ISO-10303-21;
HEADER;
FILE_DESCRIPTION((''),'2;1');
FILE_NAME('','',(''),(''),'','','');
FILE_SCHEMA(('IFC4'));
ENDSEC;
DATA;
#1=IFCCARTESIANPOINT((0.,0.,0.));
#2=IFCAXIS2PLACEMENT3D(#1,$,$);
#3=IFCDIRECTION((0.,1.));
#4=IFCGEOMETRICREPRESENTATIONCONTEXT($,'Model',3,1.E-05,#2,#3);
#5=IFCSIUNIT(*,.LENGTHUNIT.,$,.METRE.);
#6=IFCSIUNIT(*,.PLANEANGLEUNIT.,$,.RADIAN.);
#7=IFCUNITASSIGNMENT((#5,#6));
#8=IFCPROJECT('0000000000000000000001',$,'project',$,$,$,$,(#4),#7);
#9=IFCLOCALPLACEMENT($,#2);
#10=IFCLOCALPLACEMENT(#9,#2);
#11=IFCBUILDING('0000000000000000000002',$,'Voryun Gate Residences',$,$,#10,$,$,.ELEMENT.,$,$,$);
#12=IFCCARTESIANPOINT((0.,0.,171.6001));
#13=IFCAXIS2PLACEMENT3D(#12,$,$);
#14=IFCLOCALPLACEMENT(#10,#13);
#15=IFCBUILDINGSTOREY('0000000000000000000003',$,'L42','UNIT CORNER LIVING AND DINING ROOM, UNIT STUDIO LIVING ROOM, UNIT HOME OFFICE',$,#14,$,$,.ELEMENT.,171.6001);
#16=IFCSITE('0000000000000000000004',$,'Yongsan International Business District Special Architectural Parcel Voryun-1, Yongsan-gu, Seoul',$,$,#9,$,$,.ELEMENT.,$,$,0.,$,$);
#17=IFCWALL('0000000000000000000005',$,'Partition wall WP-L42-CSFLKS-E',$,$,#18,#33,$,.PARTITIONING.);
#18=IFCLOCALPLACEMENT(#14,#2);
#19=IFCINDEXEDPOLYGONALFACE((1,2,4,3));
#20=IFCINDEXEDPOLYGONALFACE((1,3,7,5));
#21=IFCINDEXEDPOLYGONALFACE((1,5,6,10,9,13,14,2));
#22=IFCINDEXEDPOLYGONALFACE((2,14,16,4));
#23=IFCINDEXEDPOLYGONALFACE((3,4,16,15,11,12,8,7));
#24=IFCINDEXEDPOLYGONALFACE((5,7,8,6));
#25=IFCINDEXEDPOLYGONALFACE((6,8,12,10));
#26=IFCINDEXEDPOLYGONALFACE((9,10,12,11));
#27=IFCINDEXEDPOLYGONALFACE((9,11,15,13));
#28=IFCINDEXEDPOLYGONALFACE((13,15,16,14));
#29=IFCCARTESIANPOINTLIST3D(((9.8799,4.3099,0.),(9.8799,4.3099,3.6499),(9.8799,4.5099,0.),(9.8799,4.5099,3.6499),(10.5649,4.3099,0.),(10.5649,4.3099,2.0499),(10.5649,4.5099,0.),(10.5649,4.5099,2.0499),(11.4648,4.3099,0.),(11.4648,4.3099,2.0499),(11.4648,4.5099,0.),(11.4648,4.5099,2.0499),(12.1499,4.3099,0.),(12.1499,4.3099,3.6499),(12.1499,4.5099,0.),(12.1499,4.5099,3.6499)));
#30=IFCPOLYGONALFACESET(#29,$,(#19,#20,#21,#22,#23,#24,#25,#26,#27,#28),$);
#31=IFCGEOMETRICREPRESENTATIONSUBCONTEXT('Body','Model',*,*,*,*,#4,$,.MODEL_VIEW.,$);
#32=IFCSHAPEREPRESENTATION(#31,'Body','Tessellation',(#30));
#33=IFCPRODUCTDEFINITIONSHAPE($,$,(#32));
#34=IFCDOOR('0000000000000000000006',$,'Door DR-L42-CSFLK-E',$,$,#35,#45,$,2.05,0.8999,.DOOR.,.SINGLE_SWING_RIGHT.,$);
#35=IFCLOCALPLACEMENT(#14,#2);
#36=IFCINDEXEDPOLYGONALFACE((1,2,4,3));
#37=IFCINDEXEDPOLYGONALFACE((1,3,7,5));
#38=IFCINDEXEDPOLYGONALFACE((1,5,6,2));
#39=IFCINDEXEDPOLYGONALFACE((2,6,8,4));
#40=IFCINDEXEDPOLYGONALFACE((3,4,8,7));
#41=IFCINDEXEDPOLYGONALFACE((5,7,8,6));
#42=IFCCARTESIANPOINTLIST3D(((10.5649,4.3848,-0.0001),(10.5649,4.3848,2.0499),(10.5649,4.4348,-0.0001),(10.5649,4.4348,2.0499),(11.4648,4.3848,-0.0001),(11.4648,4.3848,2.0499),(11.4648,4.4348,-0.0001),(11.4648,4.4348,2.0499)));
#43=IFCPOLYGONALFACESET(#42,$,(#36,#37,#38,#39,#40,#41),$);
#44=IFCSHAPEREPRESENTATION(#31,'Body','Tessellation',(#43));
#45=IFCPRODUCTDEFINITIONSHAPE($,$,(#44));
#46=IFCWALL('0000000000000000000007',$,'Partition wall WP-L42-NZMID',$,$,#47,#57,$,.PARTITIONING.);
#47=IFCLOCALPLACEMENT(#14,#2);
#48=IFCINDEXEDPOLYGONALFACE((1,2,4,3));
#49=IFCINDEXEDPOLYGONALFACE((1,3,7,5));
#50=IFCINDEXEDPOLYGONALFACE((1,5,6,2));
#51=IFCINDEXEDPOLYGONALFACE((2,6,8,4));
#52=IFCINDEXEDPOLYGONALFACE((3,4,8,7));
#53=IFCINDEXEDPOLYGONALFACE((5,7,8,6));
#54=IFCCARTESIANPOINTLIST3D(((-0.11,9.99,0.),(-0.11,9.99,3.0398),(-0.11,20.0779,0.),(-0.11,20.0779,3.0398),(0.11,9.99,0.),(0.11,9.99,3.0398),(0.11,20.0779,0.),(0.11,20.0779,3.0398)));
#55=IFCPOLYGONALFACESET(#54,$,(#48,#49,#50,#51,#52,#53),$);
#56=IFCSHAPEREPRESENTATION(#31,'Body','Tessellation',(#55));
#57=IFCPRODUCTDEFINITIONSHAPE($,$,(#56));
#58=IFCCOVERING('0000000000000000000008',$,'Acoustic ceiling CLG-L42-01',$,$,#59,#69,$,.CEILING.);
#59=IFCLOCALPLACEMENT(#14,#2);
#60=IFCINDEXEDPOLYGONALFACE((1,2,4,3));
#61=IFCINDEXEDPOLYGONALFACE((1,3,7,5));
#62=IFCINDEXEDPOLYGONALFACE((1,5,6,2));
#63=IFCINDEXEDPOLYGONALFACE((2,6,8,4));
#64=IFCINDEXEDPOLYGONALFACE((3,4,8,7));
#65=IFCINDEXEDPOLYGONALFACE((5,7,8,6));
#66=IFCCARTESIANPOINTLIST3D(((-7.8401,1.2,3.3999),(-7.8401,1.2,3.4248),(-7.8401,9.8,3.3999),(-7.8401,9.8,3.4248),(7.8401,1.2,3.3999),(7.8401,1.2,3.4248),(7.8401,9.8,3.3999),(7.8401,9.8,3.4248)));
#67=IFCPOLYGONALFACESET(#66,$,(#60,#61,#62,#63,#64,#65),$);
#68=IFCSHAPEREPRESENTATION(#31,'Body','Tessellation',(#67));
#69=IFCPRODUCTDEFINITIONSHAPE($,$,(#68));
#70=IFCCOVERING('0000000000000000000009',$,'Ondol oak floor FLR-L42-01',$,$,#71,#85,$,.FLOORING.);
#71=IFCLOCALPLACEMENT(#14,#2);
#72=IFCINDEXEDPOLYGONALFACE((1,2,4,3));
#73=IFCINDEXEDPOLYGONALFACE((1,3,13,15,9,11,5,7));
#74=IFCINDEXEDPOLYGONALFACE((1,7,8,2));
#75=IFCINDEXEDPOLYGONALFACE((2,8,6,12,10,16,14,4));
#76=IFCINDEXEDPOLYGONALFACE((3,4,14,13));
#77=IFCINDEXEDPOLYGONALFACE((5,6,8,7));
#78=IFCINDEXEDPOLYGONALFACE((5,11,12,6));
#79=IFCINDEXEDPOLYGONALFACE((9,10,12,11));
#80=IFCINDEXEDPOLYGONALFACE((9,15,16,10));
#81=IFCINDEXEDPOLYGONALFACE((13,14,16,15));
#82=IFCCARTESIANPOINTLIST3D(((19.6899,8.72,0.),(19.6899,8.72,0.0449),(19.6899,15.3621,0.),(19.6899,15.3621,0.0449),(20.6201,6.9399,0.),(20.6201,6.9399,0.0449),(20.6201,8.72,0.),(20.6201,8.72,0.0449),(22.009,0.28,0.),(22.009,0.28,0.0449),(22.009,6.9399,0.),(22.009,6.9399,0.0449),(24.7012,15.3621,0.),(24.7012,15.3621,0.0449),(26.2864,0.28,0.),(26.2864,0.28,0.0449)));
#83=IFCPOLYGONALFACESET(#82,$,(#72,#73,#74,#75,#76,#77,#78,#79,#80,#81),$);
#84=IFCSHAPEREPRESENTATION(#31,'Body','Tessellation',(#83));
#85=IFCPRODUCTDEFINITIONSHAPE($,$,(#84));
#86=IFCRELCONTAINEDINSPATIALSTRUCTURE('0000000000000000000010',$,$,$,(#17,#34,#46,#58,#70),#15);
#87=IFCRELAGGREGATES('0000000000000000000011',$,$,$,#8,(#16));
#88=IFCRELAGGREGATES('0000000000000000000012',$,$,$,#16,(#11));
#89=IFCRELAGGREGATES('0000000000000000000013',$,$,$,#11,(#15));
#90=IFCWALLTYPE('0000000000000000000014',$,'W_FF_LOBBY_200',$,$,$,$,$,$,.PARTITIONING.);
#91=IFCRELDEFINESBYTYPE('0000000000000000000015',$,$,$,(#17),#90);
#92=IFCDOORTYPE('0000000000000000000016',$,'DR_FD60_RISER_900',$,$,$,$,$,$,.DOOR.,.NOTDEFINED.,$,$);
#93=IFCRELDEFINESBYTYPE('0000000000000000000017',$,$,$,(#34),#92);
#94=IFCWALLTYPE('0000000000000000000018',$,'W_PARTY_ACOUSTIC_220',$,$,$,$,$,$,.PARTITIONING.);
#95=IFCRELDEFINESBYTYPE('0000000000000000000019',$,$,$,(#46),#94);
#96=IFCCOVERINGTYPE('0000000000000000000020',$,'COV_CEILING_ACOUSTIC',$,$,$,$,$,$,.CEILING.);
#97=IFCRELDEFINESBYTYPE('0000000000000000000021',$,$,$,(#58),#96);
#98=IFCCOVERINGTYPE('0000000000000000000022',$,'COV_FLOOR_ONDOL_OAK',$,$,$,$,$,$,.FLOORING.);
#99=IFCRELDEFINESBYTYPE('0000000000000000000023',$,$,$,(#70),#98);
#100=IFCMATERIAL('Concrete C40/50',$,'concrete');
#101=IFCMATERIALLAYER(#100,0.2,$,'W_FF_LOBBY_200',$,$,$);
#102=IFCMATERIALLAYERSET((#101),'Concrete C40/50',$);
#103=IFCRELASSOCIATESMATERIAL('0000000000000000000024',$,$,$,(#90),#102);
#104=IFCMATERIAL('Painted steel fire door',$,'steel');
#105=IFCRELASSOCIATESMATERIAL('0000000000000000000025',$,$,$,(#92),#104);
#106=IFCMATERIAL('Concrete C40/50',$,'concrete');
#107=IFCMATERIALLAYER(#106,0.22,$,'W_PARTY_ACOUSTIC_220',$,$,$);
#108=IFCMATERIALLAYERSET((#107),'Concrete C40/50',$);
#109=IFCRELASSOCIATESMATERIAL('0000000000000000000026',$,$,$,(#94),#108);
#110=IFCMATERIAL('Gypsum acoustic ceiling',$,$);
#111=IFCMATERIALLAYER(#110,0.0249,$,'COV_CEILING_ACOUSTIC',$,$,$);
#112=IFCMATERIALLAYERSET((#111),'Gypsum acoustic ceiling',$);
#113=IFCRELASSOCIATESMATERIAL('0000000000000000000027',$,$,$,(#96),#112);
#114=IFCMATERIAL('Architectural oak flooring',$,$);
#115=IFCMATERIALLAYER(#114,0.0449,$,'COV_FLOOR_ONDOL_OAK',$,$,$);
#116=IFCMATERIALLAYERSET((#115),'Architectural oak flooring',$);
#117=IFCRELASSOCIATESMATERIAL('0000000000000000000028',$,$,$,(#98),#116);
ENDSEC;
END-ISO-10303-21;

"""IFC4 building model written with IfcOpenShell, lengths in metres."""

from ifc_helpers import new_model, si_unit, direction, frame, frame_2d, origin, place, context, subcontext, project, spatial, polyline, rectangle, outline, extrude, material, layer, layer_set, type_object, element, fill, save


model = new_model("IFC4")

# Units and contexts
model_context = context("Model", 3, precision=1e-05, world=origin(), true_north=direction((0.0, 1.0)))
body_context = subcontext(model_context, "Body", "Model", "MODEL_VIEW")
ifc_project = project(units=[si_unit("LENGTHUNIT", "METRE"), si_unit("PLANEANGLEUNIT", "RADIAN")], contexts=[model_context])

# Site, building, storey
site_placement = place(None, origin())
site = spatial("IfcSite", under=ifc_project, at=site_placement, Name="Yongsan International Business District Special Architectural Parcel Voryun-1, Yongsan-gu, Seoul", CompositionType="ELEMENT", RefElevation=0.0)
building_placement = place(site_placement, origin())
building = spatial("IfcBuilding", under=site, at=building_placement, Name="Voryun Gate Residences", CompositionType="ELEMENT")
storey_placement = place(building_placement, frame((0.0, 0.0, 171.6001)))
storey = spatial("IfcBuildingStorey", under=building, at=storey_placement, Name="L42", Description="UNIT CORNER LIVING AND DINING ROOM, UNIT STUDIO LIVING ROOM, UNIT HOME OFFICE", CompositionType="ELEMENT", Elevation=171.6001)

# Shared definitions
ifc_material_1 = material(Name="Concrete C40/50", Category="concrete")
ifc_layer_1 = layer(ifc_material_1, 0.2, Name="W_FF_LOBBY_200")
ifc_layer_set_1 = layer_set([ifc_layer_1], Name="Concrete C40/50")
wall_type_1 = type_object("IfcWallType", Name="W_FF_LOBBY_200", PredefinedType="PARTITIONING", material=ifc_layer_set_1)

# Wall, opening, door
wall_1_placement = place(storey_placement, frame((9.8799, 4.4099, 0.0), z_axis=(0.0, 0.0, 1.0), x_axis=(1.0, 0.0, 0.0)))
wall_1 = element("IfcWall", 1, at=wall_1_placement, inside=storey, type_object=wall_type_1, Name="Partition wall WP-L42-CSFLKS-E", PredefinedType="PARTITIONING", context=body_context, shape_type="SweptSolid", body=[
    extrude(rectangle(XDim=2.27, YDim=0.2, at=frame_2d((1.135, 0.0))), origin(), (0.0, 0.0, 1.0), 3.6499),
])
opening_placement = place(wall_1_placement, frame((0.6851, 0.0, 0.0)))
opening = element("IfcOpeningElement", 2, at=opening_placement, cuts=wall_1, PredefinedType="OPENING", context=body_context, shape_type="SweptSolid", body=[
    extrude(rectangle(XDim=0.8999, YDim=2.05, at=frame_2d((0.45, 1.0249))), frame((0.0, 0.1101, 0.0), z_axis=(0.0, -1.0, 0.0), x_axis=(1.0, 0.0, 0.0)), (0.0, 0.0, 1.0), 0.22),
])
ifc_material_2 = material(Name="Painted steel fire door", Category="steel")
door_type = type_object("IfcDoorType", Name="DR_FD60_RISER_900", OperationType="NOTDEFINED", PredefinedType="DOOR", material=ifc_material_2)
door_placement = place(opening_placement, origin())
door = element("IfcDoor", 3, at=door_placement, inside=storey, type_object=door_type, Name="Door DR-L42-CSFLK-E", OperationType="SINGLE_SWING_RIGHT", OverallHeight=2.05, OverallWidth=0.8999, PredefinedType="DOOR", context=body_context, shape_type="SweptSolid", body=[
    extrude(rectangle(XDim=0.8999, YDim=2.05, at=frame_2d((0.45, 1.0249))), frame((0.0, 0.0249, 0.0), z_axis=(0.0, -1.0, 0.0), x_axis=(1.0, 0.0, 0.0)), (0.0, 0.0, 1.0), 0.05),
])
fill(opening, door)

# Wall
ifc_material_3 = material(Name="Concrete C40/50", Category="concrete")
ifc_layer_2 = layer(ifc_material_3, 0.22, Name="W_PARTY_ACOUSTIC_220")
ifc_layer_set_2 = layer_set([ifc_layer_2], Name="Concrete C40/50")
wall_type_2 = type_object("IfcWallType", Name="W_PARTY_ACOUSTIC_220", PredefinedType="PARTITIONING", material=ifc_layer_set_2)
wall_2_placement = place(storey_placement, frame((0.0, 9.99, 0.0), z_axis=(0.0, 0.0, 1.0), x_axis=(0.0, 1.0, 0.0)))
element("IfcWall", 4, at=wall_2_placement, inside=storey, type_object=wall_type_2, Name="Partition wall WP-L42-NZMID", PredefinedType="PARTITIONING", context=body_context, shape_type="SweptSolid", body=[
    extrude(rectangle(XDim=10.0879, YDim=0.22, at=frame_2d((5.0439, 0.0))), origin(), (0.0, 0.0, 1.0), 3.0398),
])

# Coverings
ifc_material_4 = material(Name="Gypsum acoustic ceiling")
ifc_layer_3 = layer(ifc_material_4, 0.0249, Name="COV_CEILING_ACOUSTIC")
ifc_layer_set_3 = layer_set([ifc_layer_3], Name="Gypsum acoustic ceiling")
covering_type_1 = type_object("IfcCoveringType", Name="COV_CEILING_ACOUSTIC", PredefinedType="CEILING", material=ifc_layer_set_3)
covering_1_placement = place(storey_placement, frame((0.0, 0.0, 3.3999)))
element("IfcCovering", 5, at=covering_1_placement, inside=storey, type_object=covering_type_1, Name="Acoustic ceiling CLG-L42-01", PredefinedType="CEILING", context=body_context, shape_type="SweptSolid", body=[
    extrude(outline(polyline([(-7.8401, 1.2), (-7.8401, 9.8), (7.8401, 9.8), (7.8401, 1.2), (-7.8401, 1.2)])), origin(), (0.0, 0.0, 1.0), 0.0249),
])
ifc_material_5 = material(Name="Architectural oak flooring")
ifc_layer_4 = layer(ifc_material_5, 0.0449, Name="COV_FLOOR_ONDOL_OAK")
ifc_layer_set_4 = layer_set([ifc_layer_4], Name="Architectural oak flooring")
covering_type_2 = type_object("IfcCoveringType", Name="COV_FLOOR_ONDOL_OAK", PredefinedType="FLOORING", material=ifc_layer_set_4)
covering_2_placement = place(storey_placement, origin())
element("IfcCovering", 6, at=covering_2_placement, inside=storey, type_object=covering_type_2, Name="Ondol oak floor FLR-L42-01", PredefinedType="FLOORING", context=body_context, shape_type="SweptSolid", body=[
    extrude(outline(polyline([(20.6201, 6.9399), (20.6201, 8.72), (19.6899, 8.72), (19.6899, 15.3621), (24.7012, 15.3621), (26.2864, 0.28), (22.009, 0.28), (22.009, 6.9399), (20.6201, 6.9399)])), origin(), (0.0, 0.0, 1.0), 0.0449),
])

save(model, "model.ifc")
